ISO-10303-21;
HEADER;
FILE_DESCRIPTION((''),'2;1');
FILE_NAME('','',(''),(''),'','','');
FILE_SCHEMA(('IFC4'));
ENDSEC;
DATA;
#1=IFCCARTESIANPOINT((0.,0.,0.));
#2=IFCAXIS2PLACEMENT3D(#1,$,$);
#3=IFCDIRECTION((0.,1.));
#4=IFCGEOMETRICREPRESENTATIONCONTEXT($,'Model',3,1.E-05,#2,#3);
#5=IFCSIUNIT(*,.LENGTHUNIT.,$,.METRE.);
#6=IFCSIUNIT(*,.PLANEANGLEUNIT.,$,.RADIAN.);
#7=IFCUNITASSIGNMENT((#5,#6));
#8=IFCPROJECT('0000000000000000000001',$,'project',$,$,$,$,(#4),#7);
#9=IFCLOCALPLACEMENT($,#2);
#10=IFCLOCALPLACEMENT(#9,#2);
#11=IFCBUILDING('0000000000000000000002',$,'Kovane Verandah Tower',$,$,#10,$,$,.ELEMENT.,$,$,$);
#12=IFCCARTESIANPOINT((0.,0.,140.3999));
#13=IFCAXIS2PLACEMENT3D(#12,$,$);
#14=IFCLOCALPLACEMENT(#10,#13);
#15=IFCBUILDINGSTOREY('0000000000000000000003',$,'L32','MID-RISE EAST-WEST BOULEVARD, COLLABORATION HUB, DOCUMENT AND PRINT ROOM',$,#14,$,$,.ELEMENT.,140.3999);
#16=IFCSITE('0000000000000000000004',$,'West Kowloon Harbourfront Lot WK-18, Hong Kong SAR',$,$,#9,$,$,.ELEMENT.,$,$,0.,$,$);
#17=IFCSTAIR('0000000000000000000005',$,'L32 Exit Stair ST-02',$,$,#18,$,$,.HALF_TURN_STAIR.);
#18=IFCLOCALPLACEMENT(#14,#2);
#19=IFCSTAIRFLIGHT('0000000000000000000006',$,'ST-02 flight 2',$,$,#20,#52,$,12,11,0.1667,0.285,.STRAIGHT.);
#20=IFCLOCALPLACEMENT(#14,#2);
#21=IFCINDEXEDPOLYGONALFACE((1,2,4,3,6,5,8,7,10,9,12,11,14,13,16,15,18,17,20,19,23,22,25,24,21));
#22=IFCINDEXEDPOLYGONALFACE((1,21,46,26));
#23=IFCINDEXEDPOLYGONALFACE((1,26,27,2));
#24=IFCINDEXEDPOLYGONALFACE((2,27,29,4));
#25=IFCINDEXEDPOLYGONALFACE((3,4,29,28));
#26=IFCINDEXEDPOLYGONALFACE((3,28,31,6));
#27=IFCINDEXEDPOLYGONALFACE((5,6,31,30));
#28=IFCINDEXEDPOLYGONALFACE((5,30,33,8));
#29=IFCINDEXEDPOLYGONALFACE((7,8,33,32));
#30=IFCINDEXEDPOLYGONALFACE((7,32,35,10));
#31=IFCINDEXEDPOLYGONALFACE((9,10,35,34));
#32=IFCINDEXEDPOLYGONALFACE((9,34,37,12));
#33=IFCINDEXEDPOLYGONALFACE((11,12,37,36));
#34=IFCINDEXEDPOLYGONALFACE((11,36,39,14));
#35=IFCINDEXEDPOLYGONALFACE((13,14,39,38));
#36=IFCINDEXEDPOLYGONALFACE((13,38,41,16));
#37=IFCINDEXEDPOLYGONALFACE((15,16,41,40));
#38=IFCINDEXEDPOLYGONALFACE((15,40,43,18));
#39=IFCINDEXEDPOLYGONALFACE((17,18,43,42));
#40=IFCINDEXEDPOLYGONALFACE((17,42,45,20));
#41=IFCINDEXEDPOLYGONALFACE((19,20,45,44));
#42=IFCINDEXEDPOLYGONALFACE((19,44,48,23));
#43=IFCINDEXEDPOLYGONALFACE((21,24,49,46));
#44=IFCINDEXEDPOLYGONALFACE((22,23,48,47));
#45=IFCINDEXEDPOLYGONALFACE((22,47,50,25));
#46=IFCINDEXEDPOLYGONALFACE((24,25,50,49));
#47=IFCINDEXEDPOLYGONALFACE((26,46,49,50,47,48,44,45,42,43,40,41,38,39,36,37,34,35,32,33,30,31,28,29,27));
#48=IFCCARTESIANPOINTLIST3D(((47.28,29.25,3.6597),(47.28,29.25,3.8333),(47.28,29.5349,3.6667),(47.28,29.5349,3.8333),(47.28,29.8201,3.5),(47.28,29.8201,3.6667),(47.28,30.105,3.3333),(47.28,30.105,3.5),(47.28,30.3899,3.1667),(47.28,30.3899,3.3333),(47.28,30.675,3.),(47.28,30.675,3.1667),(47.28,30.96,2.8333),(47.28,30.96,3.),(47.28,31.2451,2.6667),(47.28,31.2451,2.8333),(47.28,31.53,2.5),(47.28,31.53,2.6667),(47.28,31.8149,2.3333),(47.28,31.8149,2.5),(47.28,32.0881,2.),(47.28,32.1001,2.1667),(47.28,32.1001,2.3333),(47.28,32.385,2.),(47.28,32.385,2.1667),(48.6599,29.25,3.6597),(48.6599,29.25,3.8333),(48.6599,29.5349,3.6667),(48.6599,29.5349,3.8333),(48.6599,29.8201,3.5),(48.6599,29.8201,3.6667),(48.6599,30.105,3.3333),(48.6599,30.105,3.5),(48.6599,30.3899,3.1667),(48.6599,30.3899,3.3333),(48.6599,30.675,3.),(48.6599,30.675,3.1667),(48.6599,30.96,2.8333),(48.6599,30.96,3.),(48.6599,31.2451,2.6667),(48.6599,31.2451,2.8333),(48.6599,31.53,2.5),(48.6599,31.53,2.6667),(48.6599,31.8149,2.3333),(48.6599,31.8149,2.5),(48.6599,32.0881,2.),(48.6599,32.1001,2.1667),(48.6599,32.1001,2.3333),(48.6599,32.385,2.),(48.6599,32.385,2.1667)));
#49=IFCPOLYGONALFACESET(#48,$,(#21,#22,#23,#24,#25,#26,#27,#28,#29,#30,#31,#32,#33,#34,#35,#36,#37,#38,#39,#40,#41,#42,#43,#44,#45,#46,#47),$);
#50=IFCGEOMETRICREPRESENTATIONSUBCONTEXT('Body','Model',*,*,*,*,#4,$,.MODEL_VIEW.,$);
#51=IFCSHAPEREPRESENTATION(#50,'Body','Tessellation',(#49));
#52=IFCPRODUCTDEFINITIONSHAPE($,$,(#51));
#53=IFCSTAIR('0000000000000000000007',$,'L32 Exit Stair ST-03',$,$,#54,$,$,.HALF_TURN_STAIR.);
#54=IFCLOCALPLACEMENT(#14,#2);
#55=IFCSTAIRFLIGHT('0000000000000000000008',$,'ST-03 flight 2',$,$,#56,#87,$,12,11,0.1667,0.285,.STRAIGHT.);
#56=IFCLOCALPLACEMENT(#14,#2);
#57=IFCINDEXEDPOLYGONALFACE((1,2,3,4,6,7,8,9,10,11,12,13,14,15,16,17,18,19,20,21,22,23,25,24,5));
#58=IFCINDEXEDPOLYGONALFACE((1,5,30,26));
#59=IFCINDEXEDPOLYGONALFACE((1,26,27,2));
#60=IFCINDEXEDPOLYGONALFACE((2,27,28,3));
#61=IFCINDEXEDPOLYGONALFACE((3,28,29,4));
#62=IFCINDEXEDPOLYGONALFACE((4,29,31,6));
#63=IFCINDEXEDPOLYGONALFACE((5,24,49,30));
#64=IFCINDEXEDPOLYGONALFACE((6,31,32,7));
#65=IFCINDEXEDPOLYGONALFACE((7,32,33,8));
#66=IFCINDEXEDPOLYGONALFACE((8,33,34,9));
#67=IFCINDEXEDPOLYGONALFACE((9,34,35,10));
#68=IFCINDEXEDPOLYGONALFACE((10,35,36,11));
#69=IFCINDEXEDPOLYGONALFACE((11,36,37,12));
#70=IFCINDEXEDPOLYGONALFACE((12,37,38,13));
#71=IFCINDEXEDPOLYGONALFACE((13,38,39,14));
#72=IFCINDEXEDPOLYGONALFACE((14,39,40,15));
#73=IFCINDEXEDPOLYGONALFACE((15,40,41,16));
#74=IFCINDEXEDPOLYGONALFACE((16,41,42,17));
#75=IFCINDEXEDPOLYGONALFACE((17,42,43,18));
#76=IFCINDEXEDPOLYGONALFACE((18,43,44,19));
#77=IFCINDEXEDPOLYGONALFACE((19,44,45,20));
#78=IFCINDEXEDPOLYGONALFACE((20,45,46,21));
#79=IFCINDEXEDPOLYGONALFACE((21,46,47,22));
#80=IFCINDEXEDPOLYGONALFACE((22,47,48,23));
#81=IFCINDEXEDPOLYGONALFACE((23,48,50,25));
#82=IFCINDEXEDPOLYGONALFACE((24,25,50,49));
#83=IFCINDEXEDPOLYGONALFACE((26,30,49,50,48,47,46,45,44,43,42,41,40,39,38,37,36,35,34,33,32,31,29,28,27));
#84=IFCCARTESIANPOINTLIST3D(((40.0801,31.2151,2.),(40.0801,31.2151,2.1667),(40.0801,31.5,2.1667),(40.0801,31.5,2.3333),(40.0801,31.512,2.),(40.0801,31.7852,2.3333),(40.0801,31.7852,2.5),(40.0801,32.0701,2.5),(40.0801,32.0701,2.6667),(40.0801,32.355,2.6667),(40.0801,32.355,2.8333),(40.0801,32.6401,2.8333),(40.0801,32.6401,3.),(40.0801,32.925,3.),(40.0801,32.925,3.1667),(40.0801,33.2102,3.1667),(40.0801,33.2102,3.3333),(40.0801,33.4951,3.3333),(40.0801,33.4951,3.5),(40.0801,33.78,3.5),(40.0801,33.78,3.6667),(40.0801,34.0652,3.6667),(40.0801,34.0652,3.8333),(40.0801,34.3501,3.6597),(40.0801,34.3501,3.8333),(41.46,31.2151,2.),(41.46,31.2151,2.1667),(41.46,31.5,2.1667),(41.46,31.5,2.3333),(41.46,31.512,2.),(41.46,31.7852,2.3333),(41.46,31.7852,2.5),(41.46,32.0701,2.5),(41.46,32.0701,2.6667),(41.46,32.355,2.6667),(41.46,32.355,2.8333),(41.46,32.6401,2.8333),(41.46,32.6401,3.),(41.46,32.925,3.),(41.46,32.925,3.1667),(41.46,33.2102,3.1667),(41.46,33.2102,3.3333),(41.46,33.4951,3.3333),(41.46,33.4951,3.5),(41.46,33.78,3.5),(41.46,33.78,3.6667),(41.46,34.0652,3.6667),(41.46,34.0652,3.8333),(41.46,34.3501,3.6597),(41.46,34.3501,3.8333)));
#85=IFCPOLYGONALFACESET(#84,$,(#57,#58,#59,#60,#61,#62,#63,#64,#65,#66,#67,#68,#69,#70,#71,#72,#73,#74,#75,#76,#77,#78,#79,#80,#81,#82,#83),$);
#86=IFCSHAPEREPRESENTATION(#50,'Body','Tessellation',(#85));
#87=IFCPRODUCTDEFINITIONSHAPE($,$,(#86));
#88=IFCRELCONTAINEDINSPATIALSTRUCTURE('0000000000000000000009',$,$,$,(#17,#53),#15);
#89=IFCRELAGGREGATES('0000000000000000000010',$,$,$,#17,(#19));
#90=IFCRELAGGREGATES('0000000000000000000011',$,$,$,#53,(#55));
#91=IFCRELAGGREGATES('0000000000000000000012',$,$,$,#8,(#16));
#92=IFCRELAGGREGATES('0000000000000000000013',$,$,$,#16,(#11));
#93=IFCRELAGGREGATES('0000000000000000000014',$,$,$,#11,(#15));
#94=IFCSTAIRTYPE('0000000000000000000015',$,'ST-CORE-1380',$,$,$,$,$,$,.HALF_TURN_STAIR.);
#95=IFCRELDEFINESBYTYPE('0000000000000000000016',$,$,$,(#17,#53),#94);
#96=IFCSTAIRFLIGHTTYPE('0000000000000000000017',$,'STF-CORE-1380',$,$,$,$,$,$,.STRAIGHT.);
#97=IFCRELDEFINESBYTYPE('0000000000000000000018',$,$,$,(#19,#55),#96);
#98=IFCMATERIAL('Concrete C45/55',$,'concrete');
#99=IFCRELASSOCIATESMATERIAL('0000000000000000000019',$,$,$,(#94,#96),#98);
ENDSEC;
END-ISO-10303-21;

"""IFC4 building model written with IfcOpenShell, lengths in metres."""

from ifc_helpers import new_model, si_unit, direction, frame, origin, place, context, subcontext, project, spatial, polyline, outline, extrude, material, type_object, element, aggregate, save


model = new_model("IFC4")

# Units and contexts
model_context = context("Model", 3, precision=1e-05, world=origin(), true_north=direction((0.0, 1.0)))
body_context = subcontext(model_context, "Body", "Model", "MODEL_VIEW")
ifc_project = project(units=[si_unit("LENGTHUNIT", "METRE"), si_unit("PLANEANGLEUNIT", "RADIAN")], contexts=[model_context])

# Site, building, storey
site_placement = place(None, origin())
site = spatial("IfcSite", under=ifc_project, at=site_placement, Name="West Kowloon Harbourfront Lot WK-18, Hong Kong SAR", CompositionType="ELEMENT", RefElevation=0.0)
building_placement = place(site_placement, origin())
building = spatial("IfcBuilding", under=site, at=building_placement, Name="Kovane Verandah Tower", CompositionType="ELEMENT")
storey_placement = place(building_placement, frame((0.0, 0.0, 140.3999)))
storey = spatial("IfcBuildingStorey", under=building, at=storey_placement, Name="L32", Description="MID-RISE EAST-WEST BOULEVARD, COLLABORATION HUB, DOCUMENT AND PRINT ROOM", CompositionType="ELEMENT", Elevation=140.3999)

# Shared definitions
ifc_material_1 = material(Name="Concrete C45/55", Category="concrete")

# Stair, stair flight
stair_type = type_object("IfcStairType", Name="ST-CORE-1380", PredefinedType="HALF_TURN_STAIR", material=ifc_material_1)
stair_1_placement = place(storey_placement, origin())
stair_1 = element("IfcStair", 1, at=stair_1_placement, inside=storey, type_object=stair_type, Name="L32 Exit Stair ST-02", PredefinedType="HALF_TURN_STAIR")
stair_flight_type = type_object("IfcStairFlightType", Name="STF-CORE-1380", PredefinedType="STRAIGHT", material=ifc_material_1)
stair_flight_1_placement = place(storey_placement, frame((47.97, 32.385, 2.0), z_axis=(0.0, 0.0, 1.0), x_axis=(0.0, -1.0, 0.0)))
stair_flight_1 = element("IfcStairFlight", 2, at=stair_flight_1_placement, type_object=stair_flight_type, Name="ST-02 flight 2", NumberOfRisers=12, NumberOfTreads=11, PredefinedType="STRAIGHT", RiserHeight=0.1667, TreadLength=0.285, context=body_context, shape_type="SweptSolid", body=[
    extrude(outline(polyline([(0.0, 0.0), (0.0, 0.1667), (0.2849, 0.1667), (0.2849, 0.3333), (0.5701, 0.3333), (0.5701, 0.5), (0.855, 0.5), (0.855, 0.6667), (1.1399, 0.6667), (1.1399, 0.8333), (1.425, 0.8333), (1.425, 1.0), (1.71, 1.0), (1.71, 1.1667), (1.9951, 1.1667), (1.9951, 1.3333), (2.28, 1.3333), (2.28, 1.5), (2.5649, 1.5), (2.5649, 1.6667), (2.8501, 1.6667), (2.8501, 1.8333), (3.135, 1.8333), (3.135, 2.0), (3.135, 1.6597), (0.2969, 0.0), (0.0, 0.0)])), frame((0.0, 0.6899, 0.0), z_axis=(0.0, -1.0, 0.0), x_axis=(1.0, 0.0, 0.0)), (0.0, 0.0, 1.0), 1.3799),
])
aggregate(stair_1, [stair_flight_1])

# Stair, stair flight
stair_2_placement = place(storey_placement, origin())
stair_2 = element("IfcStair", 3, at=stair_2_placement, inside=storey, type_object=stair_type, Name="L32 Exit Stair ST-03", PredefinedType="HALF_TURN_STAIR")
stair_flight_2_placement = place(storey_placement, frame((40.77, 31.2151, 2.0), z_axis=(0.0, 0.0, 1.0), x_axis=(0.0, 1.0, 0.0)))
stair_flight_2 = element("IfcStairFlight", 4, at=stair_flight_2_placement, type_object=stair_flight_type, Name="ST-03 flight 2", NumberOfRisers=12, NumberOfTreads=11, PredefinedType="STRAIGHT", RiserHeight=0.1667, TreadLength=0.285, context=body_context, shape_type="SweptSolid", body=[
    extrude(outline(polyline([(0.0, 0.0), (0.0, 0.1667), (0.2849, 0.1667), (0.2849, 0.3333), (0.5701, 0.3333), (0.5701, 0.5), (0.855, 0.5), (0.855, 0.6667), (1.1399, 0.6667), (1.1399, 0.8333), (1.425, 0.8333), (1.425, 1.0), (1.71, 1.0), (1.71, 1.1667), (1.9951, 1.1667), (1.9951, 1.3333), (2.28, 1.3333), (2.28, 1.5), (2.5649, 1.5), (2.5649, 1.6667), (2.8501, 1.6667), (2.8501, 1.8333), (3.135, 1.8333), (3.135, 2.0), (3.135, 1.6597), (0.2969, 0.0), (0.0, 0.0)])), frame((0.0, 0.6899, 0.0), z_axis=(0.0, -1.0, 0.0), x_axis=(1.0, 0.0, 0.0)), (0.0, 0.0, 1.0), 1.3799),
])
aggregate(stair_2, [stair_flight_2])

save(model, "model.ifc")
